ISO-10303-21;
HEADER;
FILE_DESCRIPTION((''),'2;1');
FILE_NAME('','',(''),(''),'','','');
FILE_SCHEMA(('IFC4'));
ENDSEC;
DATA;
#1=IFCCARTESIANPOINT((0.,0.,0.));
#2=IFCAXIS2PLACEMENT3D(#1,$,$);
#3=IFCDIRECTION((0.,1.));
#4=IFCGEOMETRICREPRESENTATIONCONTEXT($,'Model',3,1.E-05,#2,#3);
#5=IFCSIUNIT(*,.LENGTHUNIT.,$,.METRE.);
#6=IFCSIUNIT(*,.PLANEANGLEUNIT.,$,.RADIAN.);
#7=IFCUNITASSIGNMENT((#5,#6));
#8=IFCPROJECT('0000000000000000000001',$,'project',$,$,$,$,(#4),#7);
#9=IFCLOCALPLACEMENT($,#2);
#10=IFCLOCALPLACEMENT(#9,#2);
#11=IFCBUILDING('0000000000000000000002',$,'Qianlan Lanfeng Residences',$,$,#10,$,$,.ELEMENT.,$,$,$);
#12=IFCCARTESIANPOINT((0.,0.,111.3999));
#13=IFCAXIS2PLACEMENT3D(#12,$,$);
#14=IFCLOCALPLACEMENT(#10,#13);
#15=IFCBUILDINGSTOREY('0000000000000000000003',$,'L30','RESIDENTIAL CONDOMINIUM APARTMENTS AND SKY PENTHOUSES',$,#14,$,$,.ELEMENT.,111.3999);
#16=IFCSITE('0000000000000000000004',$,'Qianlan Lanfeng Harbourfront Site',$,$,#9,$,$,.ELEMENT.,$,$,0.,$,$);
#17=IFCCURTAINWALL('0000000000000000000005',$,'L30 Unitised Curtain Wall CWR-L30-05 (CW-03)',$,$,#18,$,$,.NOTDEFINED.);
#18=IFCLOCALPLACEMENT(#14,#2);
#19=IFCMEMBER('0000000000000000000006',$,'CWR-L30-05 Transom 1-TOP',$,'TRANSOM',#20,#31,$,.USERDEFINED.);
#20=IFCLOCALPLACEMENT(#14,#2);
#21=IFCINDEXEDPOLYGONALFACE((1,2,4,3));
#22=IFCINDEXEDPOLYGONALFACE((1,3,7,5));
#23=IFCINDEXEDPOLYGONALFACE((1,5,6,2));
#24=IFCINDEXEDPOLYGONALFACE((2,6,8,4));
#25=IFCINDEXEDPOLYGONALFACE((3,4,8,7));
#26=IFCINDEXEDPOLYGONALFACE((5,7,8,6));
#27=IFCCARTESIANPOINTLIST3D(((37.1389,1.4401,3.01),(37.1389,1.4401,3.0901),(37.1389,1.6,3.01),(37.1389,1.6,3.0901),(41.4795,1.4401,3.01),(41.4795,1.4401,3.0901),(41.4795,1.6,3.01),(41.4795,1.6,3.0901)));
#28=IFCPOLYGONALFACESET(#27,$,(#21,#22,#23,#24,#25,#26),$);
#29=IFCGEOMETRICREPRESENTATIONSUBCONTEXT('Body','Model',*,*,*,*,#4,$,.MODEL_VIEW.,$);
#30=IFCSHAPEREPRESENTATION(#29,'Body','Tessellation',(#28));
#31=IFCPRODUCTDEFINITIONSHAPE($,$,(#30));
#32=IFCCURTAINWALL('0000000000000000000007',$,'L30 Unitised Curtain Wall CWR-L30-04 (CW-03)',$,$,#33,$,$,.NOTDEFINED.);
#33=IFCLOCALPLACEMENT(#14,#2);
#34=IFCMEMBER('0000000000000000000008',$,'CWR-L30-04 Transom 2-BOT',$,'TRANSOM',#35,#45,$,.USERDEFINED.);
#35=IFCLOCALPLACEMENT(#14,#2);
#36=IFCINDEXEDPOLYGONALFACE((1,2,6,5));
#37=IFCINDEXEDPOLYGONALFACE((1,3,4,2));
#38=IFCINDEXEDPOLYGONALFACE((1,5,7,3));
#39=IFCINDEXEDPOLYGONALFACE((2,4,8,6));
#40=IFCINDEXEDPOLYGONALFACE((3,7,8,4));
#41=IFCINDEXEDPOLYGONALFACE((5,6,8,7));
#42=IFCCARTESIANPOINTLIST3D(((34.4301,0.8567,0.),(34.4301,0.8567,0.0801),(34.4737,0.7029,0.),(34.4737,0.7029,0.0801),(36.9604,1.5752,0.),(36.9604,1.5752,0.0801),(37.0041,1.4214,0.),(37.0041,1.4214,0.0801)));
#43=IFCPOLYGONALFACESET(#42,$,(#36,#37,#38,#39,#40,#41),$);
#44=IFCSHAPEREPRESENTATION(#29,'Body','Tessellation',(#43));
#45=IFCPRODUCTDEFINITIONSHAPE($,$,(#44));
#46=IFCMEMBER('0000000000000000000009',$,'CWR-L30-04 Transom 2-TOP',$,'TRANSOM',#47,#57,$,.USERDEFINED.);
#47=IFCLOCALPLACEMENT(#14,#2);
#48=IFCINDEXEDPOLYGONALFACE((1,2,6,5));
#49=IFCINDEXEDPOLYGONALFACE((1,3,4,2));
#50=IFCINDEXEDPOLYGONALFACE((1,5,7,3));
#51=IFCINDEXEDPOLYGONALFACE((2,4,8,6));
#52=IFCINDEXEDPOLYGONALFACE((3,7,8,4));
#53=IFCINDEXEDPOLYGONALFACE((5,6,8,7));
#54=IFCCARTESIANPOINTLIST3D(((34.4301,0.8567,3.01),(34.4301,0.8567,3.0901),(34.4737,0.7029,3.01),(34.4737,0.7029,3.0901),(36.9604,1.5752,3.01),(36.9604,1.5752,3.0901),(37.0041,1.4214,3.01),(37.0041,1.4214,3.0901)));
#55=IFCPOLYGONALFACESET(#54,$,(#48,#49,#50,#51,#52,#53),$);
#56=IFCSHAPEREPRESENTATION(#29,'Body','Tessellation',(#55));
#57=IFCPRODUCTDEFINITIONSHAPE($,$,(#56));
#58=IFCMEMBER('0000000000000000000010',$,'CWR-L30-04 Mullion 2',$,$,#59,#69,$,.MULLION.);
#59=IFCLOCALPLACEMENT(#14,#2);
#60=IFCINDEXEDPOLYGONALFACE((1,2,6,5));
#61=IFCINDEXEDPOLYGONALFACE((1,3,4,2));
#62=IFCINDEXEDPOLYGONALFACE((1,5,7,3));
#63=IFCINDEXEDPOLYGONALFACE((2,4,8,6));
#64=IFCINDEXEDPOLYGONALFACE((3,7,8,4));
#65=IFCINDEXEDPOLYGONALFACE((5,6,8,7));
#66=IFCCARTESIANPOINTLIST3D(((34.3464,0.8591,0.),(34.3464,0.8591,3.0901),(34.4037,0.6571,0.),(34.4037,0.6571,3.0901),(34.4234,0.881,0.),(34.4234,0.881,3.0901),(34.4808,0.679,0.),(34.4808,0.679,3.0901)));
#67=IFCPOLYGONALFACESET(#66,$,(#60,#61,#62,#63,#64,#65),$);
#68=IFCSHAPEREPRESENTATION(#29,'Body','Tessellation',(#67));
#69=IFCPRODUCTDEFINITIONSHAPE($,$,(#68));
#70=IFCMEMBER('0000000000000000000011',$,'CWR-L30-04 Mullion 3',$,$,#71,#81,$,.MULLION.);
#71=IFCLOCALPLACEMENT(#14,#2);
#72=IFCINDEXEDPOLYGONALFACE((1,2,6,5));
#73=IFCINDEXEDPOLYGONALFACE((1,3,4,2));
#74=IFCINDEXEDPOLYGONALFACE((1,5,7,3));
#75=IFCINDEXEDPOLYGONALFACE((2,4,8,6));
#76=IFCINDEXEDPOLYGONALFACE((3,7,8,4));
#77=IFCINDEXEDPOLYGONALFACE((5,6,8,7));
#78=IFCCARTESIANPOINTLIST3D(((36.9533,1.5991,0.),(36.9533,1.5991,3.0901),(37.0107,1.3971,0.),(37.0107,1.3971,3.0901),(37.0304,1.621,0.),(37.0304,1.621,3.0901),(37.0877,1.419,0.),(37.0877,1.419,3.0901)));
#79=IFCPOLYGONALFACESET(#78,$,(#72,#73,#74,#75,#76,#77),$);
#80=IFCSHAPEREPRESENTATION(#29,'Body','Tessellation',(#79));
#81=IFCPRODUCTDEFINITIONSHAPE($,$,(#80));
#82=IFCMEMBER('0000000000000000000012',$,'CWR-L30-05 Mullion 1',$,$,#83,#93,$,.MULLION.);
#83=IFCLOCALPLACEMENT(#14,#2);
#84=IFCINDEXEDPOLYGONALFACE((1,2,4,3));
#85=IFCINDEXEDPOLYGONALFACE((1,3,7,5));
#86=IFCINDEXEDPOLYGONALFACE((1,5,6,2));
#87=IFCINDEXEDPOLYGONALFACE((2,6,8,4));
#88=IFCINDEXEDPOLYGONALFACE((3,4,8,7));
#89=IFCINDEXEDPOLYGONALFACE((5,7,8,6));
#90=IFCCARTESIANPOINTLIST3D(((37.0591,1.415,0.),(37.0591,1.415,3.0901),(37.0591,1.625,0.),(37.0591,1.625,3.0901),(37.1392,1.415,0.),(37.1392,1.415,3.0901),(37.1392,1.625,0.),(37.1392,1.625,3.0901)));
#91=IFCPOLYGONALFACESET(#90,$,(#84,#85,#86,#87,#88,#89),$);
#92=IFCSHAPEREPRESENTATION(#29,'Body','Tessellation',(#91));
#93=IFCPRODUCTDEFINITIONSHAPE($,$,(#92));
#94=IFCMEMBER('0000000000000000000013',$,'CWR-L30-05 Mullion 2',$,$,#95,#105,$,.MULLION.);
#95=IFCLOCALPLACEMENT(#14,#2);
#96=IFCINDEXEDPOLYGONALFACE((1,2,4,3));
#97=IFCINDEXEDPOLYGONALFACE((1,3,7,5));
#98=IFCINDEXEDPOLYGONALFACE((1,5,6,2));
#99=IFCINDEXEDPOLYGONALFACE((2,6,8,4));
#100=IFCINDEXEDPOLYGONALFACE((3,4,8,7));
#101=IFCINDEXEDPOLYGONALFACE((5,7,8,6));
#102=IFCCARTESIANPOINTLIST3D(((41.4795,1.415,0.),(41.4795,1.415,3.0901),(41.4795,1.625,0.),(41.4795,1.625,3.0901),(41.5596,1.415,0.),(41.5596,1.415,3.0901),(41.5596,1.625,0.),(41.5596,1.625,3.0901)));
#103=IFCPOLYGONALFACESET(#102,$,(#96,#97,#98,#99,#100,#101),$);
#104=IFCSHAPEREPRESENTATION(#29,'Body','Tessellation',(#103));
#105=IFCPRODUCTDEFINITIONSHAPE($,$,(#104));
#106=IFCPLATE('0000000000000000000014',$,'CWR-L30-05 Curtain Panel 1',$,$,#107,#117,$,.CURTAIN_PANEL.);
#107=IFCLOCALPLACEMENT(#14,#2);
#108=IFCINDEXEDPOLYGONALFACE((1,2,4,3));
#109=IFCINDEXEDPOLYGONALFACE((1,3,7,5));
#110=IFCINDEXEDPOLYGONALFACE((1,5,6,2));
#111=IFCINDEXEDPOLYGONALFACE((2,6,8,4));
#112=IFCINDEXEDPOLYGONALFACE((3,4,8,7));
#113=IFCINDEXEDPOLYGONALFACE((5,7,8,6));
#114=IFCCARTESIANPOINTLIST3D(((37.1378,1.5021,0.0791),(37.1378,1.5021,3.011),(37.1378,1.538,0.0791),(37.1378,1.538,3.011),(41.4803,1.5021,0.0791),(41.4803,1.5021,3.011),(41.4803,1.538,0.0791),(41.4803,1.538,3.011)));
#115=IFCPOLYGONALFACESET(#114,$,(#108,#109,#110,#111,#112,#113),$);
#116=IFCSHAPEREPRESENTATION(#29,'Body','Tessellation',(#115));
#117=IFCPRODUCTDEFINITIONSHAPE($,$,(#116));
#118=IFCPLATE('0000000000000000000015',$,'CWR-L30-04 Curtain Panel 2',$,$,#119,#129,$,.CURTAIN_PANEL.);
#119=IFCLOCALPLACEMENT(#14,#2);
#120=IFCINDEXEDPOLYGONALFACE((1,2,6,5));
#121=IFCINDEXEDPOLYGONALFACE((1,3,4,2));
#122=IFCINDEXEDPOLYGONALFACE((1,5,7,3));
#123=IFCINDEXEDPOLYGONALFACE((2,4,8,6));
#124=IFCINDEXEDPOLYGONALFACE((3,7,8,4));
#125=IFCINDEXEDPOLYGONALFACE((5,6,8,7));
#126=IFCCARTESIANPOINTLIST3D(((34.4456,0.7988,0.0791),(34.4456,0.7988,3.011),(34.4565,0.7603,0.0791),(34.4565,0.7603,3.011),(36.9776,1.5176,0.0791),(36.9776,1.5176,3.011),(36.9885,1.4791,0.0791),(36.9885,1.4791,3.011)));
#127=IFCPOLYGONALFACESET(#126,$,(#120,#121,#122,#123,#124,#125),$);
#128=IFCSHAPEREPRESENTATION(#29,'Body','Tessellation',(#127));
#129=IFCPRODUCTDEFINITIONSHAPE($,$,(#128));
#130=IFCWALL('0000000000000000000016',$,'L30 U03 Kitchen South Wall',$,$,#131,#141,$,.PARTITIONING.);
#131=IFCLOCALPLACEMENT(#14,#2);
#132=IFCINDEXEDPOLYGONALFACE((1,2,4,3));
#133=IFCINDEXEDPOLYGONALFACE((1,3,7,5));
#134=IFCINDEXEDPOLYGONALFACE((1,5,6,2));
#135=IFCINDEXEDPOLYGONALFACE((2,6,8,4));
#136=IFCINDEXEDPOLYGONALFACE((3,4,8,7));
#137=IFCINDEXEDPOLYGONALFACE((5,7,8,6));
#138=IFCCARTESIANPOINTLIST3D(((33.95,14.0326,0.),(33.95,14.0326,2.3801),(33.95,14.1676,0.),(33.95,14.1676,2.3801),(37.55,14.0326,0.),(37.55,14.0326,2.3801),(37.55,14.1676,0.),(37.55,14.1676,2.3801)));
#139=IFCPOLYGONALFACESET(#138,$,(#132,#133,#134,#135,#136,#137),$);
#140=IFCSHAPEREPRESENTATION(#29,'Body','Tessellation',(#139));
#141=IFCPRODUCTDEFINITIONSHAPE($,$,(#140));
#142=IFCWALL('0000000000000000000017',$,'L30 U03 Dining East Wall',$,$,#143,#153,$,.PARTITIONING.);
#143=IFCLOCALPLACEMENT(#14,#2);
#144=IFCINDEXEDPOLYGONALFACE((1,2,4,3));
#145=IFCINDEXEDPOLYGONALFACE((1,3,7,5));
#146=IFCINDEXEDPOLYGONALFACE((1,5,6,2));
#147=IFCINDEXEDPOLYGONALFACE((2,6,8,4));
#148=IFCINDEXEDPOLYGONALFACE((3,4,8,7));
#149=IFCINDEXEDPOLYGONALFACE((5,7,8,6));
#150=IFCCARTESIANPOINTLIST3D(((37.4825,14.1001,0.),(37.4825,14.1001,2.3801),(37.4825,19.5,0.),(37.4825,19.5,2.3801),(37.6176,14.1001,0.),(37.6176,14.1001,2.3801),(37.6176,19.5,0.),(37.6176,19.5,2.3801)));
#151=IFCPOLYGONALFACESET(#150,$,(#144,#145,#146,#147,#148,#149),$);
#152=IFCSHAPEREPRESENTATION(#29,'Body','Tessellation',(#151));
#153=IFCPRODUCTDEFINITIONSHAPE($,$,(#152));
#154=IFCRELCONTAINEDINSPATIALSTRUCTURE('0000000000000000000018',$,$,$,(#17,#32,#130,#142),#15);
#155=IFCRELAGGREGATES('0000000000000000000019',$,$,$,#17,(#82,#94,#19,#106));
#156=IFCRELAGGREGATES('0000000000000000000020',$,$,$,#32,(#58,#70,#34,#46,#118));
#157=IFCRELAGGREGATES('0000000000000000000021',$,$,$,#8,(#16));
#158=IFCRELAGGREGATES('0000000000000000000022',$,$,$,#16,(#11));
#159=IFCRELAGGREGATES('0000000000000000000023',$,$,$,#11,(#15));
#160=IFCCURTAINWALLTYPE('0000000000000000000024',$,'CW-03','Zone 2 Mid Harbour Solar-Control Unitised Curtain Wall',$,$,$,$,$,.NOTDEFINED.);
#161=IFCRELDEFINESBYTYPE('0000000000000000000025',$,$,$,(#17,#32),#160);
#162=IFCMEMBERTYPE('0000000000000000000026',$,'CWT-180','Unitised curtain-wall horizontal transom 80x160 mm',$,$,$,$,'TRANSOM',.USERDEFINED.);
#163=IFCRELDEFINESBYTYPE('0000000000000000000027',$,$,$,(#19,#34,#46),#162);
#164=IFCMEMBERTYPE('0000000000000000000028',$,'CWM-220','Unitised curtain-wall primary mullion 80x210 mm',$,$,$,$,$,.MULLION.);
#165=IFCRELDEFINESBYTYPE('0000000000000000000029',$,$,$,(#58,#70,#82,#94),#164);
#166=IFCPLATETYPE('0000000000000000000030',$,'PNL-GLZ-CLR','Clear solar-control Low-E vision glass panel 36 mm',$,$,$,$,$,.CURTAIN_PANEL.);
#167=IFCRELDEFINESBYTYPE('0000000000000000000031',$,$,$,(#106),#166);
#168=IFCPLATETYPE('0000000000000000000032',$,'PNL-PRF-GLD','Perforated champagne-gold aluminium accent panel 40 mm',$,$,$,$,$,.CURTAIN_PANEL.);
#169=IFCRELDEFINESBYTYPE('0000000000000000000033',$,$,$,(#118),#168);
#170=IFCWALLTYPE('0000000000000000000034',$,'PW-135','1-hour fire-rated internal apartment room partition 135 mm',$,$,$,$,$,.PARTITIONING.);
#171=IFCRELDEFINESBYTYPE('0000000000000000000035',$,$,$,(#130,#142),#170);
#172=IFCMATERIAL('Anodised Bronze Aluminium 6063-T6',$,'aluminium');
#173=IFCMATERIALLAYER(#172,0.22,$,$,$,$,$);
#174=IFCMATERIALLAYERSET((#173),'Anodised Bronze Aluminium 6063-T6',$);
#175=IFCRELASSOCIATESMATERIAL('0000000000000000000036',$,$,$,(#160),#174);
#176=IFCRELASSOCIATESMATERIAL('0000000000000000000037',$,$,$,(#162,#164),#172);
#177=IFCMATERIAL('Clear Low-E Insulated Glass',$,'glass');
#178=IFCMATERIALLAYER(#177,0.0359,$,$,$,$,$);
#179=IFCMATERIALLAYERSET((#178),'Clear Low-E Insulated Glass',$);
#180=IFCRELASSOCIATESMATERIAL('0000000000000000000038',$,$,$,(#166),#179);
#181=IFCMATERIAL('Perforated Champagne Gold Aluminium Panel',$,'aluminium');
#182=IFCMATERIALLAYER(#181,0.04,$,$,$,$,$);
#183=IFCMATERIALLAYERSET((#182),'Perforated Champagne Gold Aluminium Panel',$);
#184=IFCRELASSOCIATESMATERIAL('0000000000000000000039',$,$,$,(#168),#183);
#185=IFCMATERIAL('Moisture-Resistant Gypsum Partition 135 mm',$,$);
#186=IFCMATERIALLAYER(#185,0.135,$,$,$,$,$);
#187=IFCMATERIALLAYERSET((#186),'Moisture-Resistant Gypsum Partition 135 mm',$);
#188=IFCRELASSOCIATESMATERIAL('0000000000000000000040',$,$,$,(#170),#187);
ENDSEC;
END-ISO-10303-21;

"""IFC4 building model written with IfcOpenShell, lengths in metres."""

from ifc_helpers import new_model, si_unit, direction, frame, frame_2d, origin, origin_2d, place, context, subcontext, project, spatial, rectangle, extrude, source, transform, mapped, material, layer, layer_set, material_profile, profile_set, type_object, element, aggregate, save


model = new_model("IFC4")

# Units and contexts
model_context = context("Model", 3, precision=1e-05, world=origin(), true_north=direction((0.0, 1.0)))
body_context = subcontext(model_context, "Body", "Model", "MODEL_VIEW")
ifc_project = project(units=[si_unit("LENGTHUNIT", "METRE"), si_unit("PLANEANGLEUNIT", "RADIAN")], contexts=[model_context])

# Site, building, storey
site_placement = place(None, origin())
site = spatial("IfcSite", under=ifc_project, at=site_placement, Name="Qianlan Lanfeng Harbourfront Site", CompositionType="ELEMENT", RefElevation=0.0)
building_placement = place(site_placement, origin())
building = spatial("IfcBuilding", under=site, at=building_placement, Name="Qianlan Lanfeng Residences", CompositionType="ELEMENT")
storey_placement = place(building_placement, frame((0.0, 0.0, 111.3999)))
storey = spatial("IfcBuildingStorey", under=building, at=storey_placement, Name="L30", Description="RESIDENTIAL CONDOMINIUM APARTMENTS AND SKY PENTHOUSES", CompositionType="ELEMENT", Elevation=111.3999)

# Curtain walls, members
ifc_material_1 = material(Name="Anodised Bronze Aluminium 6063-T6", Category="aluminium")
ifc_layer_1 = layer(ifc_material_1, 0.22)
ifc_layer_set_1 = layer_set([ifc_layer_1], Name="Anodised Bronze Aluminium 6063-T6")
curtain_wall_type = type_object("IfcCurtainWallType", Name="CW-03", Description="Zone 2 Mid Harbour Solar-Control Unitised Curtain Wall", PredefinedType="NOTDEFINED", material=ifc_layer_set_1)
curtain_wall_1_placement = place(storey_placement, origin())
curtain_wall_1 = element("IfcCurtainWall", 1, at=curtain_wall_1_placement, inside=storey, type_object=curtain_wall_type, Name="L30 Unitised Curtain Wall CWR-L30-05 (CW-03)", PredefinedType="NOTDEFINED")
ifc_material_profile_1 = material_profile(ifc_material_1, rectangle(XDim=0.0801, YDim=0.1599, at=origin_2d()), Name="ALU TRANSOM 80x160")
ifc_profile_set_1 = profile_set([ifc_material_profile_1], Name="Anodised Bronze Aluminium 6063-T6")
member_type_1 = type_object("IfcMemberType", Name="CWT-180", Description="Unitised curtain-wall horizontal transom 80x160 mm", ElementType="TRANSOM", PredefinedType="USERDEFINED", material=ifc_profile_set_1)
shared_shape_1 = source(origin(), body_context, "Body", "SweptSolid", [
    extrude(rectangle(XDim=0.0801, YDim=0.1599, at=origin_2d()), origin(), (0.0, 0.0, 1.0), 4.3406),
])
member_1_placement = place(storey_placement, frame((37.1389, 1.52, 3.05), z_axis=(1.0, 0.0, 0.0), x_axis=(0.0, 0.0, 1.0)))
member_1 = element("IfcMember", 2, at=member_1_placement, type_object=member_type_1, Name="CWR-L30-05 Transom 1-TOP", ObjectType="TRANSOM", PredefinedType="USERDEFINED", context=body_context, shape_type="MappedRepresentation", body=[
    mapped(shared_shape_1, transform((0.0, 0.0, 0.0), scale=1.0)),
])
curtain_wall_2_placement = place(storey_placement, origin())
curtain_wall_2 = element("IfcCurtainWall", 3, at=curtain_wall_2_placement, inside=storey, type_object=curtain_wall_type, Name="L30 Unitised Curtain Wall CWR-L30-04 (CW-03)", PredefinedType="NOTDEFINED")
shared_shape_2 = source(origin(), body_context, "Body", "SweptSolid", [
    extrude(rectangle(XDim=0.0801, YDim=0.1599, at=origin_2d()), origin(), (0.0, 0.0, 1.0), 2.6304),
])
member_2_placement = place(storey_placement, frame((34.4519, 0.7798, 0.04), z_axis=(0.961968, 0.273164, 0.0), x_axis=(0.0, 0.0, 1.0)))
member_2 = element("IfcMember", 4, at=member_2_placement, type_object=member_type_1, Name="CWR-L30-04 Transom 2-BOT", ObjectType="TRANSOM", PredefinedType="USERDEFINED", context=body_context, shape_type="MappedRepresentation", body=[
    mapped(shared_shape_2, transform((0.0, 0.0, 0.0), scale=1.0)),
])
member_3_placement = place(storey_placement, frame((34.4519, 0.7798, 3.05), z_axis=(0.961968, 0.273164, 0.0), x_axis=(0.0, 0.0, 1.0)))
member_3 = element("IfcMember", 5, at=member_3_placement, type_object=member_type_1, Name="CWR-L30-04 Transom 2-TOP", ObjectType="TRANSOM", PredefinedType="USERDEFINED", context=body_context, shape_type="MappedRepresentation", body=[
    mapped(shared_shape_2, transform((0.0, 0.0, 0.0), scale=1.0)),
])
ifc_material_profile_2 = material_profile(ifc_material_1, rectangle(XDim=0.0801, YDim=0.21, at=origin_2d()), Name="ALU MULLION 80x210")
ifc_profile_set_2 = profile_set([ifc_material_profile_2], Name="Anodised Bronze Aluminium 6063-T6")
member_type_2 = type_object("IfcMemberType", Name="CWM-220", Description="Unitised curtain-wall primary mullion 80x210 mm", PredefinedType="MULLION", material=ifc_profile_set_2)
shared_shape_3 = source(origin(), body_context, "Body", "SweptSolid", [
    extrude(rectangle(XDim=0.0801, YDim=0.21, at=origin_2d()), origin(), (0.0, 0.0, 1.0), 3.0901),
])
member_4_placement = place(storey_placement, frame((34.4136, 0.769, 0.0), z_axis=(0.0, 0.0, 1.0), x_axis=(0.961989, 0.273088, 0.0)))
member_4 = element("IfcMember", 6, at=member_4_placement, type_object=member_type_2, Name="CWR-L30-04 Mullion 2", PredefinedType="MULLION", context=body_context, shape_type="MappedRepresentation", body=[
    mapped(shared_shape_3, transform((0.0, 0.0, 0.0), scale=1.0)),
])
member_5_placement = place(storey_placement, frame((37.0205, 1.509, 0.0), z_axis=(0.0, 0.0, 1.0), x_axis=(0.961989, 0.273088, 0.0)))
member_5 = element("IfcMember", 7, at=member_5_placement, type_object=member_type_2, Name="CWR-L30-04 Mullion 3", PredefinedType="MULLION", context=body_context, shape_type="MappedRepresentation", body=[
    mapped(shared_shape_3, transform((0.0, 0.0, 0.0), scale=1.0)),
])

# Members
member_6_placement = place(storey_placement, frame((37.0991, 1.52, 0.0), z_axis=(0.0, 0.0, 1.0), x_axis=(1.0, 0.0, 0.0)))
member_6 = element("IfcMember", 8, at=member_6_placement, type_object=member_type_2, Name="CWR-L30-05 Mullion 1", PredefinedType="MULLION", context=body_context, shape_type="MappedRepresentation", body=[
    mapped(shared_shape_3, transform((0.0, 0.0, 0.0), scale=1.0)),
])
member_7_placement = place(storey_placement, frame((41.5195, 1.52, 0.0), z_axis=(0.0, 0.0, 1.0), x_axis=(1.0, 0.0, 0.0)))
member_7 = element("IfcMember", 9, at=member_7_placement, type_object=member_type_2, Name="CWR-L30-05 Mullion 2", PredefinedType="MULLION", context=body_context, shape_type="MappedRepresentation", body=[
    mapped(shared_shape_3, transform((0.0, 0.0, 0.0), scale=1.0)),
])

# Plates
ifc_material_2 = material(Name="Clear Low-E Insulated Glass", Category="glass")
ifc_layer_2 = layer(ifc_material_2, 0.0359)
ifc_layer_set_2 = layer_set([ifc_layer_2], Name="Clear Low-E Insulated Glass")
plate_type_1 = type_object("IfcPlateType", Name="PNL-GLZ-CLR", Description="Clear solar-control Low-E vision glass panel 36 mm", PredefinedType="CURTAIN_PANEL", material=ifc_layer_set_2)
shared_shape_4 = source(origin(), body_context, "Body", "SweptSolid", [
    extrude(rectangle(XDim=4.3425, YDim=0.0359, at=origin_2d()), origin(), (0.0, 0.0, 1.0), 2.9319),
])
plate_1_placement = place(storey_placement, frame((39.3091, 1.52, 0.0791), z_axis=(0.0, 0.0, 1.0), x_axis=(1.0, 0.0, 0.0)))
plate_1 = element("IfcPlate", 10, at=plate_1_placement, type_object=plate_type_1, Name="CWR-L30-05 Curtain Panel 1", PredefinedType="CURTAIN_PANEL", context=body_context, shape_type="MappedRepresentation", body=[
    mapped(shared_shape_4, transform((0.0, 0.0, 0.0), scale=1.0)),
])
aggregate(curtain_wall_1, [member_6, member_7, member_1, plate_1])
ifc_material_3 = material(Name="Perforated Champagne Gold Aluminium Panel", Category="aluminium")
ifc_layer_3 = layer(ifc_material_3, 0.04)
ifc_layer_set_3 = layer_set([ifc_layer_3], Name="Perforated Champagne Gold Aluminium Panel")
plate_type_2 = type_object("IfcPlateType", Name="PNL-PRF-GLD", Description="Perforated champagne-gold aluminium accent panel 40 mm", PredefinedType="CURTAIN_PANEL", material=ifc_layer_set_3)
shared_shape_5 = source(origin(), body_context, "Body", "SweptSolid", [
    extrude(rectangle(XDim=2.6321, YDim=0.04, at=origin_2d()), origin(), (0.0, 0.0, 1.0), 2.9319),
])
plate_2_placement = place(storey_placement, frame((35.717, 1.1389, 0.0791), z_axis=(0.0, 0.0, 1.0), x_axis=(0.961989, 0.273088, 0.0)))
plate_2 = element("IfcPlate", 11, at=plate_2_placement, type_object=plate_type_2, Name="CWR-L30-04 Curtain Panel 2", PredefinedType="CURTAIN_PANEL", context=body_context, shape_type="MappedRepresentation", body=[
    mapped(shared_shape_5, transform((0.0, 0.0, 0.0), scale=1.0)),
])
aggregate(curtain_wall_2, [member_4, member_5, member_2, member_3, plate_2])

# Walls
ifc_material_4 = material(Name="Moisture-Resistant Gypsum Partition 135 mm")
ifc_layer_4 = layer(ifc_material_4, 0.135)
ifc_layer_set_4 = layer_set([ifc_layer_4], Name="Moisture-Resistant Gypsum Partition 135 mm")
wall_type = type_object("IfcWallType", Name="PW-135", Description="1-hour fire-rated internal apartment room partition 135 mm", PredefinedType="PARTITIONING", material=ifc_layer_set_4)
wall_1_placement = place(storey_placement, frame((33.95, 14.1001, 0.0), z_axis=(0.0, 0.0, 1.0), x_axis=(1.0, 0.0, 0.0)))
element("IfcWall", 12, at=wall_1_placement, inside=storey, type_object=wall_type, Name="L30 U03 Kitchen South Wall", PredefinedType="PARTITIONING", context=body_context, shape_type="SweptSolid", body=[
    extrude(rectangle(XDim=3.6001, YDim=0.135, at=frame_2d((1.8, 0.0))), origin(), (0.0, 0.0, 1.0), 2.3801),
])
wall_2_placement = place(storey_placement, frame((37.55, 14.1001, 0.0), z_axis=(0.0, 0.0, 1.0), x_axis=(0.0, 1.0, 0.0)))
element("IfcWall", 13, at=wall_2_placement, inside=storey, type_object=wall_type, Name="L30 U03 Dining East Wall", PredefinedType="PARTITIONING", context=body_context, shape_type="SweptSolid", body=[
    extrude(rectangle(XDim=5.3999, YDim=0.135, at=frame_2d((2.7, 0.0))), origin(), (0.0, 0.0, 1.0), 2.3801),
])

save(model, "model.ifc")
